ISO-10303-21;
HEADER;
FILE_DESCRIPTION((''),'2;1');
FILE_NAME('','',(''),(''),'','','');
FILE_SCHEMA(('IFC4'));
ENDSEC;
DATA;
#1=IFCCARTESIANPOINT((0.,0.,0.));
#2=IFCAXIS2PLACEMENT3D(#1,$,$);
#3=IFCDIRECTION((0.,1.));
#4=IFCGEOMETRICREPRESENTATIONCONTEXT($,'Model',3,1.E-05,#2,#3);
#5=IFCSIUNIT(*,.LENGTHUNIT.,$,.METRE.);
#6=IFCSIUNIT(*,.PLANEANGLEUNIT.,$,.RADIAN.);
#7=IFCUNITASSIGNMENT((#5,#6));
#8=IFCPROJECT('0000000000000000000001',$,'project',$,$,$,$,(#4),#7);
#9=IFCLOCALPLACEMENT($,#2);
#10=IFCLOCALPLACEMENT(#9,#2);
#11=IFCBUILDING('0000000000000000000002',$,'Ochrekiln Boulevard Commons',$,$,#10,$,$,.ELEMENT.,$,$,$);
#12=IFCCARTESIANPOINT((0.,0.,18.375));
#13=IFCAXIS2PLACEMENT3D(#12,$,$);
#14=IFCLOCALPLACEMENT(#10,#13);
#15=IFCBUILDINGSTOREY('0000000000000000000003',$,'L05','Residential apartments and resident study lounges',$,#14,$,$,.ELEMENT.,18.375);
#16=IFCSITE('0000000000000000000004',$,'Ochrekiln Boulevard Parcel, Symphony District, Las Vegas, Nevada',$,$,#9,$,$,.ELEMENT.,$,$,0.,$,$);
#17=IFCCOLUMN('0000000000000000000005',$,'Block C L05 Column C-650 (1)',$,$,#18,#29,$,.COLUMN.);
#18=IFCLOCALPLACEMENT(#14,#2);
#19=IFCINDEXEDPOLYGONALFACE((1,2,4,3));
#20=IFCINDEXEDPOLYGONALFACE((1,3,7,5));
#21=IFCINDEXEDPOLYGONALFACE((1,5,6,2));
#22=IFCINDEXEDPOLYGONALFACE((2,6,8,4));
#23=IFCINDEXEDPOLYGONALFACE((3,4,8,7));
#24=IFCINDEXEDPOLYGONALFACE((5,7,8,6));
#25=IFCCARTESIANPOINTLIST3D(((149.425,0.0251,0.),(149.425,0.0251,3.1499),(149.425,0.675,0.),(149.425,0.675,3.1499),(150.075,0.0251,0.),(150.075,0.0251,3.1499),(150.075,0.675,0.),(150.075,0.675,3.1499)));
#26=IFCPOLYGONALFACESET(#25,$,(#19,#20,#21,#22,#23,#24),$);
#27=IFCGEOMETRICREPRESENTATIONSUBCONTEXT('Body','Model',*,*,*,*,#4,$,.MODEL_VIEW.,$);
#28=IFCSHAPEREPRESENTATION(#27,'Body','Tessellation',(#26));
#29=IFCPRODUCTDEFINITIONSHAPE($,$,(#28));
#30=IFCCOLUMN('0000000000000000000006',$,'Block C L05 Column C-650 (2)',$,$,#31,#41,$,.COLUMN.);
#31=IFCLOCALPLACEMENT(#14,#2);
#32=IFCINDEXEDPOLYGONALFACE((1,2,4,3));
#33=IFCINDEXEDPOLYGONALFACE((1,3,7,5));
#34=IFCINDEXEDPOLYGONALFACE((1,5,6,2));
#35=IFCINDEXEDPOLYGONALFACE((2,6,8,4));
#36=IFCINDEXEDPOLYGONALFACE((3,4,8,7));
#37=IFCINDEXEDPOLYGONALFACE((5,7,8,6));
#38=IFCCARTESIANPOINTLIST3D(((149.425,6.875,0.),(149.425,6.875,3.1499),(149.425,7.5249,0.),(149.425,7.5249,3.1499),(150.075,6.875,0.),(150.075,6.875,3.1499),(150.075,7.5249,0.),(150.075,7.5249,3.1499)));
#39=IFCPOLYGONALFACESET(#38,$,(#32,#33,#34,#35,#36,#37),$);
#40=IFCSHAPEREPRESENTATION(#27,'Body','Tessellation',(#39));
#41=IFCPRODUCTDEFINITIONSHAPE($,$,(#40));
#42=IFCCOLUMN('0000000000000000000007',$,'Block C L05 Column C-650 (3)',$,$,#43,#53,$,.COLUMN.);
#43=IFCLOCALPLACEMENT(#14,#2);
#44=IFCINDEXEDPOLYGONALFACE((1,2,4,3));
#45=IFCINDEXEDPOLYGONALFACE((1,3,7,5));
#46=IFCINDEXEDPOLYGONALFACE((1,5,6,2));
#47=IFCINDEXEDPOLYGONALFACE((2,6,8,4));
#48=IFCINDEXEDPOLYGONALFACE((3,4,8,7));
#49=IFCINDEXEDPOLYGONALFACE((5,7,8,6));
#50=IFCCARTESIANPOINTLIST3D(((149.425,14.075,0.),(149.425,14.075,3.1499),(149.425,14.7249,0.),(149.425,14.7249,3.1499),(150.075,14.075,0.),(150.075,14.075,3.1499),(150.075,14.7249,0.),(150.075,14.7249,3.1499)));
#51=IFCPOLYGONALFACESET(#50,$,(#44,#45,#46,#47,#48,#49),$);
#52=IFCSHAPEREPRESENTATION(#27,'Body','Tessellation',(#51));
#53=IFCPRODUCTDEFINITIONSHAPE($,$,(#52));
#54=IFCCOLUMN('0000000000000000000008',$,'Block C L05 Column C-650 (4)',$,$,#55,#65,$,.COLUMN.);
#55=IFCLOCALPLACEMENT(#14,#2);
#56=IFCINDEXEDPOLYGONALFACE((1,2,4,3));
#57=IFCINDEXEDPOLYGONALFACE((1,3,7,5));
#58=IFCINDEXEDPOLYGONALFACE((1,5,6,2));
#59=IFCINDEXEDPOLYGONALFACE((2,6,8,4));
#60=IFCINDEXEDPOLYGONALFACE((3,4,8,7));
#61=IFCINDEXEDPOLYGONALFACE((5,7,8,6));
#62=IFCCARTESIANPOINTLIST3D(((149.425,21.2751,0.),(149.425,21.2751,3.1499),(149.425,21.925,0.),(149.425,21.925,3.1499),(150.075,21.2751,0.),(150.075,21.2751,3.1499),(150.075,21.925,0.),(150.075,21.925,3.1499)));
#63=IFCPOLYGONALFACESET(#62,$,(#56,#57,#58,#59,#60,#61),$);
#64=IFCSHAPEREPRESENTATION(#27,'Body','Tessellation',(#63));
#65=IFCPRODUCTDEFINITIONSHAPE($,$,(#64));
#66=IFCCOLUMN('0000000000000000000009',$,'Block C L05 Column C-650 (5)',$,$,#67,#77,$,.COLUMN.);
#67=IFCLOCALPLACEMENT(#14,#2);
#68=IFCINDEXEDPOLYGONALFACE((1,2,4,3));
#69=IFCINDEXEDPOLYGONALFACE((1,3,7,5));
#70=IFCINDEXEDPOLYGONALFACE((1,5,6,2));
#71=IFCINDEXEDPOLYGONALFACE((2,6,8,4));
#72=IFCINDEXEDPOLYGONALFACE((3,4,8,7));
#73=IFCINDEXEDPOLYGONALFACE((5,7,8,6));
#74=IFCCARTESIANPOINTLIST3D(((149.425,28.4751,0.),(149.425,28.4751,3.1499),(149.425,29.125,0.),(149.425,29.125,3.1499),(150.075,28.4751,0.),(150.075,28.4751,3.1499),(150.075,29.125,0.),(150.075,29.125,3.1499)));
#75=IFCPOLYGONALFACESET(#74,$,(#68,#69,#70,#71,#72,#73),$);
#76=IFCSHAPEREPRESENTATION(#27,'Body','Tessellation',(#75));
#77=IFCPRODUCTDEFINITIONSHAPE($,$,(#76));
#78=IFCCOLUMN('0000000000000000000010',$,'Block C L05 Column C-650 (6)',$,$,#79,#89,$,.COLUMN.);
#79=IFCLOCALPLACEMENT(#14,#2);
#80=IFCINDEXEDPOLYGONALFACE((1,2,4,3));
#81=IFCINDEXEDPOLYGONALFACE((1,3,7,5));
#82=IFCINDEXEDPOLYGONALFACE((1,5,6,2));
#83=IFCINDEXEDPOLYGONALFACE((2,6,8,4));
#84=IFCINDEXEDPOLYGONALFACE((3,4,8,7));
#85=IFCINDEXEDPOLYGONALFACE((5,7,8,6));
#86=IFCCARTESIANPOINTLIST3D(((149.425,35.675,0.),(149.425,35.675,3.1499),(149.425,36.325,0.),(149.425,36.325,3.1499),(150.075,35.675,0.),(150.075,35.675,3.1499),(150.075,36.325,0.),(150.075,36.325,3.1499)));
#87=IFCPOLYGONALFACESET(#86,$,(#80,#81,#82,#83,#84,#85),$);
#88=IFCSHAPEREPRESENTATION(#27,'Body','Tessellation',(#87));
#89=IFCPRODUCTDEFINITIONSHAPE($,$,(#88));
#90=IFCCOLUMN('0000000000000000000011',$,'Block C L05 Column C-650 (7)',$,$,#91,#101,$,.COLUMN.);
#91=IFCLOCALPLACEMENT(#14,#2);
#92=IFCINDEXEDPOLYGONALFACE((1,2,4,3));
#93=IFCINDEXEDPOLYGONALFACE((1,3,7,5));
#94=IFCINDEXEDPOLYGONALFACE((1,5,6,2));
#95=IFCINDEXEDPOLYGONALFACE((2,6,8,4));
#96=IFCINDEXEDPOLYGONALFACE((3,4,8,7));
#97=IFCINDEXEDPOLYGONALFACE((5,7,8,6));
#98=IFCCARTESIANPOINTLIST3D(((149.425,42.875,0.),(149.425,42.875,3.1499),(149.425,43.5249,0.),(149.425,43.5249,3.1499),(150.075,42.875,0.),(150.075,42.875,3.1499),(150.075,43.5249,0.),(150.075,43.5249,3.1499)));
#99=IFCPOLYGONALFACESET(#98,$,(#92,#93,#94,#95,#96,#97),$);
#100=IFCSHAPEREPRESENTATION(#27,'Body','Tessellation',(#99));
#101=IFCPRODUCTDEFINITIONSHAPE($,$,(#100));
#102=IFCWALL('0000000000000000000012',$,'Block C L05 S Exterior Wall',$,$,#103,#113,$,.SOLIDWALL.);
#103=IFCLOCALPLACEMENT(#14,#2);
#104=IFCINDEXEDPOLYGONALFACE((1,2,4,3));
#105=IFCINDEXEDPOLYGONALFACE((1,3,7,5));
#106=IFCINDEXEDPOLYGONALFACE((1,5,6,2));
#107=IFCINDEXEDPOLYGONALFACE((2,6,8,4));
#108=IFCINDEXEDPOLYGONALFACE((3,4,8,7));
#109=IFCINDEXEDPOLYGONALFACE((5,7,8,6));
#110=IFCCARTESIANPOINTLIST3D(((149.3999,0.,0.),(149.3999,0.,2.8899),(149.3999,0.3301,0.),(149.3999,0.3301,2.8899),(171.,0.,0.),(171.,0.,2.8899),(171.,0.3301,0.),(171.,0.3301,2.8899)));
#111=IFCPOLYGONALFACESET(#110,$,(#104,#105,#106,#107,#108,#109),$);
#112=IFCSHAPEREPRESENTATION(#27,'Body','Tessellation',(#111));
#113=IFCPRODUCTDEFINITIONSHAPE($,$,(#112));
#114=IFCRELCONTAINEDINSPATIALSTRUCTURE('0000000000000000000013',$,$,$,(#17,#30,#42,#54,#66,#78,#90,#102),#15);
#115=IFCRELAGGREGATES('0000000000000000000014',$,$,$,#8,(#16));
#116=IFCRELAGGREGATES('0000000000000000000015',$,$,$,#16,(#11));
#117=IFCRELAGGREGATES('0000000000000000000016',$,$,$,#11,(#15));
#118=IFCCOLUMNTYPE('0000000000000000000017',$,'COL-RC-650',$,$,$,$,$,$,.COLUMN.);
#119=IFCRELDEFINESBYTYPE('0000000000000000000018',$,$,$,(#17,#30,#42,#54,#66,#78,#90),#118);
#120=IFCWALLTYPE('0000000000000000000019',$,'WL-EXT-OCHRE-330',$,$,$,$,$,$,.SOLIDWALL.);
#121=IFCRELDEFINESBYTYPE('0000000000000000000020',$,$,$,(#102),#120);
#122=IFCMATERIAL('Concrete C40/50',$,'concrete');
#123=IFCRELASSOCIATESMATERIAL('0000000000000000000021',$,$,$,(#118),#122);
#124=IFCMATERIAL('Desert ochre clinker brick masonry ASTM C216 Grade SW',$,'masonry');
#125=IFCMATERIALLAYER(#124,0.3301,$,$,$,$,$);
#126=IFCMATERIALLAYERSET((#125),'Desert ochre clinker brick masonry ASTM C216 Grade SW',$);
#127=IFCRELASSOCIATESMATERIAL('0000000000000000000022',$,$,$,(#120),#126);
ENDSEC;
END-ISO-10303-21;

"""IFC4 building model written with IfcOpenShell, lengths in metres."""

from ifc_helpers import new_model, si_unit, direction, frame, frame_2d, origin, origin_2d, place, context, subcontext, project, spatial, rectangle, extrude, material, layer, layer_set, material_profile, profile_set, type_object, element, save


model = new_model("IFC4")

# Units and contexts
model_context = context("Model", 3, precision=1e-05, world=origin(), true_north=direction((0.0, 1.0)))
body_context = subcontext(model_context, "Body", "Model", "MODEL_VIEW")
ifc_project = project(units=[si_unit("LENGTHUNIT", "METRE"), si_unit("PLANEANGLEUNIT", "RADIAN")], contexts=[model_context])

# Site, building, storey
site_placement = place(None, origin())
site = spatial("IfcSite", under=ifc_project, at=site_placement, Name="Ochrekiln Boulevard Parcel, Symphony District, Las Vegas, Nevada", CompositionType="ELEMENT", RefElevation=0.0)
building_placement = place(site_placement, origin())
building = spatial("IfcBuilding", under=site, at=building_placement, Name="Ochrekiln Boulevard Commons", CompositionType="ELEMENT")
storey_placement = place(building_placement, frame((0.0, 0.0, 18.375)))
storey = spatial("IfcBuildingStorey", under=building, at=storey_placement, Name="L05", Description="Residential apartments and resident study lounges", CompositionType="ELEMENT", Elevation=18.375)

# Columns
ifc_material_1 = material(Name="Concrete C40/50", Category="concrete")
ifc_material_profile = material_profile(ifc_material_1, rectangle(XDim=0.6499, YDim=0.6499, at=origin_2d()), Name="RC-COL-650x650")
ifc_profile_set = profile_set([ifc_material_profile], Name="Concrete C40/50")
column_type = type_object("IfcColumnType", Name="COL-RC-650", PredefinedType="COLUMN", material=ifc_profile_set)
for number, where, z_axis, x_axis, name in (
    (1, (149.75, 0.3501, 0.0), (0.0, 0.0, 1.0), (1.0, 0.0, 0.0), "Block C L05 Column C-650 (1)"),
    (2, (149.75, 7.2, 0.0), (0.0, 0.0, 1.0), (1.0, 0.0, 0.0), "Block C L05 Column C-650 (2)"),
    (3, (149.75, 14.3999, 0.0), (0.0, 0.0, 1.0), (1.0, 0.0, 0.0), "Block C L05 Column C-650 (3)"),
    (4, (149.75, 21.6001, 0.0), (0.0, 0.0, 1.0), (1.0, 0.0, 0.0), "Block C L05 Column C-650 (4)"),
    (5, (149.75, 28.8, 0.0), (0.0, 0.0, 1.0), (1.0, 0.0, 0.0), "Block C L05 Column C-650 (5)"),
    (6, (149.75, 36.0, 0.0), (0.0, 0.0, 1.0), (1.0, 0.0, 0.0), "Block C L05 Column C-650 (6)"),
    (7, (149.75, 43.2, 0.0), (0.0, 0.0, 1.0), (1.0, 0.0, 0.0), "Block C L05 Column C-650 (7)"),
):
    element("IfcColumn", number, at=place(storey_placement, frame(where, z_axis=z_axis, x_axis=x_axis)), inside=storey, type_object=column_type, Name=name, PredefinedType="COLUMN", context=body_context, shape_type="SweptSolid", body=[
        extrude(rectangle(XDim=0.6499, YDim=0.6499, at=origin_2d()), origin(), (0.0, 0.0, 1.0), 3.1499),
    ])

# Wall
ifc_material_2 = material(Name="Desert ochre clinker brick masonry ASTM C216 Grade SW", Category="masonry")
ifc_layer_1 = layer(ifc_material_2, 0.3301)
ifc_layer_set_1 = layer_set([ifc_layer_1], Name="Desert ochre clinker brick masonry ASTM C216 Grade SW")
wall_type_1 = type_object("IfcWallType", Name="WL-EXT-OCHRE-330", PredefinedType="SOLIDWALL", material=ifc_layer_set_1)
wall_1_placement = place(storey_placement, frame((149.3999, 0.165, 0.0), z_axis=(0.0, 0.0, 1.0), x_axis=(1.0, 0.0, 0.0)))
element("IfcWall", 8, at=wall_1_placement, inside=storey, type_object=wall_type_1, Name="Block C L05 S Exterior Wall", PredefinedType="SOLIDWALL", context=body_context, shape_type="SweptSolid", body=[
    extrude(rectangle(XDim=21.6001, YDim=0.3301, at=frame_2d((10.8, 0.0))), origin(), (0.0, 0.0, 1.0), 2.8899),
])

save(model, "model.ifc")
